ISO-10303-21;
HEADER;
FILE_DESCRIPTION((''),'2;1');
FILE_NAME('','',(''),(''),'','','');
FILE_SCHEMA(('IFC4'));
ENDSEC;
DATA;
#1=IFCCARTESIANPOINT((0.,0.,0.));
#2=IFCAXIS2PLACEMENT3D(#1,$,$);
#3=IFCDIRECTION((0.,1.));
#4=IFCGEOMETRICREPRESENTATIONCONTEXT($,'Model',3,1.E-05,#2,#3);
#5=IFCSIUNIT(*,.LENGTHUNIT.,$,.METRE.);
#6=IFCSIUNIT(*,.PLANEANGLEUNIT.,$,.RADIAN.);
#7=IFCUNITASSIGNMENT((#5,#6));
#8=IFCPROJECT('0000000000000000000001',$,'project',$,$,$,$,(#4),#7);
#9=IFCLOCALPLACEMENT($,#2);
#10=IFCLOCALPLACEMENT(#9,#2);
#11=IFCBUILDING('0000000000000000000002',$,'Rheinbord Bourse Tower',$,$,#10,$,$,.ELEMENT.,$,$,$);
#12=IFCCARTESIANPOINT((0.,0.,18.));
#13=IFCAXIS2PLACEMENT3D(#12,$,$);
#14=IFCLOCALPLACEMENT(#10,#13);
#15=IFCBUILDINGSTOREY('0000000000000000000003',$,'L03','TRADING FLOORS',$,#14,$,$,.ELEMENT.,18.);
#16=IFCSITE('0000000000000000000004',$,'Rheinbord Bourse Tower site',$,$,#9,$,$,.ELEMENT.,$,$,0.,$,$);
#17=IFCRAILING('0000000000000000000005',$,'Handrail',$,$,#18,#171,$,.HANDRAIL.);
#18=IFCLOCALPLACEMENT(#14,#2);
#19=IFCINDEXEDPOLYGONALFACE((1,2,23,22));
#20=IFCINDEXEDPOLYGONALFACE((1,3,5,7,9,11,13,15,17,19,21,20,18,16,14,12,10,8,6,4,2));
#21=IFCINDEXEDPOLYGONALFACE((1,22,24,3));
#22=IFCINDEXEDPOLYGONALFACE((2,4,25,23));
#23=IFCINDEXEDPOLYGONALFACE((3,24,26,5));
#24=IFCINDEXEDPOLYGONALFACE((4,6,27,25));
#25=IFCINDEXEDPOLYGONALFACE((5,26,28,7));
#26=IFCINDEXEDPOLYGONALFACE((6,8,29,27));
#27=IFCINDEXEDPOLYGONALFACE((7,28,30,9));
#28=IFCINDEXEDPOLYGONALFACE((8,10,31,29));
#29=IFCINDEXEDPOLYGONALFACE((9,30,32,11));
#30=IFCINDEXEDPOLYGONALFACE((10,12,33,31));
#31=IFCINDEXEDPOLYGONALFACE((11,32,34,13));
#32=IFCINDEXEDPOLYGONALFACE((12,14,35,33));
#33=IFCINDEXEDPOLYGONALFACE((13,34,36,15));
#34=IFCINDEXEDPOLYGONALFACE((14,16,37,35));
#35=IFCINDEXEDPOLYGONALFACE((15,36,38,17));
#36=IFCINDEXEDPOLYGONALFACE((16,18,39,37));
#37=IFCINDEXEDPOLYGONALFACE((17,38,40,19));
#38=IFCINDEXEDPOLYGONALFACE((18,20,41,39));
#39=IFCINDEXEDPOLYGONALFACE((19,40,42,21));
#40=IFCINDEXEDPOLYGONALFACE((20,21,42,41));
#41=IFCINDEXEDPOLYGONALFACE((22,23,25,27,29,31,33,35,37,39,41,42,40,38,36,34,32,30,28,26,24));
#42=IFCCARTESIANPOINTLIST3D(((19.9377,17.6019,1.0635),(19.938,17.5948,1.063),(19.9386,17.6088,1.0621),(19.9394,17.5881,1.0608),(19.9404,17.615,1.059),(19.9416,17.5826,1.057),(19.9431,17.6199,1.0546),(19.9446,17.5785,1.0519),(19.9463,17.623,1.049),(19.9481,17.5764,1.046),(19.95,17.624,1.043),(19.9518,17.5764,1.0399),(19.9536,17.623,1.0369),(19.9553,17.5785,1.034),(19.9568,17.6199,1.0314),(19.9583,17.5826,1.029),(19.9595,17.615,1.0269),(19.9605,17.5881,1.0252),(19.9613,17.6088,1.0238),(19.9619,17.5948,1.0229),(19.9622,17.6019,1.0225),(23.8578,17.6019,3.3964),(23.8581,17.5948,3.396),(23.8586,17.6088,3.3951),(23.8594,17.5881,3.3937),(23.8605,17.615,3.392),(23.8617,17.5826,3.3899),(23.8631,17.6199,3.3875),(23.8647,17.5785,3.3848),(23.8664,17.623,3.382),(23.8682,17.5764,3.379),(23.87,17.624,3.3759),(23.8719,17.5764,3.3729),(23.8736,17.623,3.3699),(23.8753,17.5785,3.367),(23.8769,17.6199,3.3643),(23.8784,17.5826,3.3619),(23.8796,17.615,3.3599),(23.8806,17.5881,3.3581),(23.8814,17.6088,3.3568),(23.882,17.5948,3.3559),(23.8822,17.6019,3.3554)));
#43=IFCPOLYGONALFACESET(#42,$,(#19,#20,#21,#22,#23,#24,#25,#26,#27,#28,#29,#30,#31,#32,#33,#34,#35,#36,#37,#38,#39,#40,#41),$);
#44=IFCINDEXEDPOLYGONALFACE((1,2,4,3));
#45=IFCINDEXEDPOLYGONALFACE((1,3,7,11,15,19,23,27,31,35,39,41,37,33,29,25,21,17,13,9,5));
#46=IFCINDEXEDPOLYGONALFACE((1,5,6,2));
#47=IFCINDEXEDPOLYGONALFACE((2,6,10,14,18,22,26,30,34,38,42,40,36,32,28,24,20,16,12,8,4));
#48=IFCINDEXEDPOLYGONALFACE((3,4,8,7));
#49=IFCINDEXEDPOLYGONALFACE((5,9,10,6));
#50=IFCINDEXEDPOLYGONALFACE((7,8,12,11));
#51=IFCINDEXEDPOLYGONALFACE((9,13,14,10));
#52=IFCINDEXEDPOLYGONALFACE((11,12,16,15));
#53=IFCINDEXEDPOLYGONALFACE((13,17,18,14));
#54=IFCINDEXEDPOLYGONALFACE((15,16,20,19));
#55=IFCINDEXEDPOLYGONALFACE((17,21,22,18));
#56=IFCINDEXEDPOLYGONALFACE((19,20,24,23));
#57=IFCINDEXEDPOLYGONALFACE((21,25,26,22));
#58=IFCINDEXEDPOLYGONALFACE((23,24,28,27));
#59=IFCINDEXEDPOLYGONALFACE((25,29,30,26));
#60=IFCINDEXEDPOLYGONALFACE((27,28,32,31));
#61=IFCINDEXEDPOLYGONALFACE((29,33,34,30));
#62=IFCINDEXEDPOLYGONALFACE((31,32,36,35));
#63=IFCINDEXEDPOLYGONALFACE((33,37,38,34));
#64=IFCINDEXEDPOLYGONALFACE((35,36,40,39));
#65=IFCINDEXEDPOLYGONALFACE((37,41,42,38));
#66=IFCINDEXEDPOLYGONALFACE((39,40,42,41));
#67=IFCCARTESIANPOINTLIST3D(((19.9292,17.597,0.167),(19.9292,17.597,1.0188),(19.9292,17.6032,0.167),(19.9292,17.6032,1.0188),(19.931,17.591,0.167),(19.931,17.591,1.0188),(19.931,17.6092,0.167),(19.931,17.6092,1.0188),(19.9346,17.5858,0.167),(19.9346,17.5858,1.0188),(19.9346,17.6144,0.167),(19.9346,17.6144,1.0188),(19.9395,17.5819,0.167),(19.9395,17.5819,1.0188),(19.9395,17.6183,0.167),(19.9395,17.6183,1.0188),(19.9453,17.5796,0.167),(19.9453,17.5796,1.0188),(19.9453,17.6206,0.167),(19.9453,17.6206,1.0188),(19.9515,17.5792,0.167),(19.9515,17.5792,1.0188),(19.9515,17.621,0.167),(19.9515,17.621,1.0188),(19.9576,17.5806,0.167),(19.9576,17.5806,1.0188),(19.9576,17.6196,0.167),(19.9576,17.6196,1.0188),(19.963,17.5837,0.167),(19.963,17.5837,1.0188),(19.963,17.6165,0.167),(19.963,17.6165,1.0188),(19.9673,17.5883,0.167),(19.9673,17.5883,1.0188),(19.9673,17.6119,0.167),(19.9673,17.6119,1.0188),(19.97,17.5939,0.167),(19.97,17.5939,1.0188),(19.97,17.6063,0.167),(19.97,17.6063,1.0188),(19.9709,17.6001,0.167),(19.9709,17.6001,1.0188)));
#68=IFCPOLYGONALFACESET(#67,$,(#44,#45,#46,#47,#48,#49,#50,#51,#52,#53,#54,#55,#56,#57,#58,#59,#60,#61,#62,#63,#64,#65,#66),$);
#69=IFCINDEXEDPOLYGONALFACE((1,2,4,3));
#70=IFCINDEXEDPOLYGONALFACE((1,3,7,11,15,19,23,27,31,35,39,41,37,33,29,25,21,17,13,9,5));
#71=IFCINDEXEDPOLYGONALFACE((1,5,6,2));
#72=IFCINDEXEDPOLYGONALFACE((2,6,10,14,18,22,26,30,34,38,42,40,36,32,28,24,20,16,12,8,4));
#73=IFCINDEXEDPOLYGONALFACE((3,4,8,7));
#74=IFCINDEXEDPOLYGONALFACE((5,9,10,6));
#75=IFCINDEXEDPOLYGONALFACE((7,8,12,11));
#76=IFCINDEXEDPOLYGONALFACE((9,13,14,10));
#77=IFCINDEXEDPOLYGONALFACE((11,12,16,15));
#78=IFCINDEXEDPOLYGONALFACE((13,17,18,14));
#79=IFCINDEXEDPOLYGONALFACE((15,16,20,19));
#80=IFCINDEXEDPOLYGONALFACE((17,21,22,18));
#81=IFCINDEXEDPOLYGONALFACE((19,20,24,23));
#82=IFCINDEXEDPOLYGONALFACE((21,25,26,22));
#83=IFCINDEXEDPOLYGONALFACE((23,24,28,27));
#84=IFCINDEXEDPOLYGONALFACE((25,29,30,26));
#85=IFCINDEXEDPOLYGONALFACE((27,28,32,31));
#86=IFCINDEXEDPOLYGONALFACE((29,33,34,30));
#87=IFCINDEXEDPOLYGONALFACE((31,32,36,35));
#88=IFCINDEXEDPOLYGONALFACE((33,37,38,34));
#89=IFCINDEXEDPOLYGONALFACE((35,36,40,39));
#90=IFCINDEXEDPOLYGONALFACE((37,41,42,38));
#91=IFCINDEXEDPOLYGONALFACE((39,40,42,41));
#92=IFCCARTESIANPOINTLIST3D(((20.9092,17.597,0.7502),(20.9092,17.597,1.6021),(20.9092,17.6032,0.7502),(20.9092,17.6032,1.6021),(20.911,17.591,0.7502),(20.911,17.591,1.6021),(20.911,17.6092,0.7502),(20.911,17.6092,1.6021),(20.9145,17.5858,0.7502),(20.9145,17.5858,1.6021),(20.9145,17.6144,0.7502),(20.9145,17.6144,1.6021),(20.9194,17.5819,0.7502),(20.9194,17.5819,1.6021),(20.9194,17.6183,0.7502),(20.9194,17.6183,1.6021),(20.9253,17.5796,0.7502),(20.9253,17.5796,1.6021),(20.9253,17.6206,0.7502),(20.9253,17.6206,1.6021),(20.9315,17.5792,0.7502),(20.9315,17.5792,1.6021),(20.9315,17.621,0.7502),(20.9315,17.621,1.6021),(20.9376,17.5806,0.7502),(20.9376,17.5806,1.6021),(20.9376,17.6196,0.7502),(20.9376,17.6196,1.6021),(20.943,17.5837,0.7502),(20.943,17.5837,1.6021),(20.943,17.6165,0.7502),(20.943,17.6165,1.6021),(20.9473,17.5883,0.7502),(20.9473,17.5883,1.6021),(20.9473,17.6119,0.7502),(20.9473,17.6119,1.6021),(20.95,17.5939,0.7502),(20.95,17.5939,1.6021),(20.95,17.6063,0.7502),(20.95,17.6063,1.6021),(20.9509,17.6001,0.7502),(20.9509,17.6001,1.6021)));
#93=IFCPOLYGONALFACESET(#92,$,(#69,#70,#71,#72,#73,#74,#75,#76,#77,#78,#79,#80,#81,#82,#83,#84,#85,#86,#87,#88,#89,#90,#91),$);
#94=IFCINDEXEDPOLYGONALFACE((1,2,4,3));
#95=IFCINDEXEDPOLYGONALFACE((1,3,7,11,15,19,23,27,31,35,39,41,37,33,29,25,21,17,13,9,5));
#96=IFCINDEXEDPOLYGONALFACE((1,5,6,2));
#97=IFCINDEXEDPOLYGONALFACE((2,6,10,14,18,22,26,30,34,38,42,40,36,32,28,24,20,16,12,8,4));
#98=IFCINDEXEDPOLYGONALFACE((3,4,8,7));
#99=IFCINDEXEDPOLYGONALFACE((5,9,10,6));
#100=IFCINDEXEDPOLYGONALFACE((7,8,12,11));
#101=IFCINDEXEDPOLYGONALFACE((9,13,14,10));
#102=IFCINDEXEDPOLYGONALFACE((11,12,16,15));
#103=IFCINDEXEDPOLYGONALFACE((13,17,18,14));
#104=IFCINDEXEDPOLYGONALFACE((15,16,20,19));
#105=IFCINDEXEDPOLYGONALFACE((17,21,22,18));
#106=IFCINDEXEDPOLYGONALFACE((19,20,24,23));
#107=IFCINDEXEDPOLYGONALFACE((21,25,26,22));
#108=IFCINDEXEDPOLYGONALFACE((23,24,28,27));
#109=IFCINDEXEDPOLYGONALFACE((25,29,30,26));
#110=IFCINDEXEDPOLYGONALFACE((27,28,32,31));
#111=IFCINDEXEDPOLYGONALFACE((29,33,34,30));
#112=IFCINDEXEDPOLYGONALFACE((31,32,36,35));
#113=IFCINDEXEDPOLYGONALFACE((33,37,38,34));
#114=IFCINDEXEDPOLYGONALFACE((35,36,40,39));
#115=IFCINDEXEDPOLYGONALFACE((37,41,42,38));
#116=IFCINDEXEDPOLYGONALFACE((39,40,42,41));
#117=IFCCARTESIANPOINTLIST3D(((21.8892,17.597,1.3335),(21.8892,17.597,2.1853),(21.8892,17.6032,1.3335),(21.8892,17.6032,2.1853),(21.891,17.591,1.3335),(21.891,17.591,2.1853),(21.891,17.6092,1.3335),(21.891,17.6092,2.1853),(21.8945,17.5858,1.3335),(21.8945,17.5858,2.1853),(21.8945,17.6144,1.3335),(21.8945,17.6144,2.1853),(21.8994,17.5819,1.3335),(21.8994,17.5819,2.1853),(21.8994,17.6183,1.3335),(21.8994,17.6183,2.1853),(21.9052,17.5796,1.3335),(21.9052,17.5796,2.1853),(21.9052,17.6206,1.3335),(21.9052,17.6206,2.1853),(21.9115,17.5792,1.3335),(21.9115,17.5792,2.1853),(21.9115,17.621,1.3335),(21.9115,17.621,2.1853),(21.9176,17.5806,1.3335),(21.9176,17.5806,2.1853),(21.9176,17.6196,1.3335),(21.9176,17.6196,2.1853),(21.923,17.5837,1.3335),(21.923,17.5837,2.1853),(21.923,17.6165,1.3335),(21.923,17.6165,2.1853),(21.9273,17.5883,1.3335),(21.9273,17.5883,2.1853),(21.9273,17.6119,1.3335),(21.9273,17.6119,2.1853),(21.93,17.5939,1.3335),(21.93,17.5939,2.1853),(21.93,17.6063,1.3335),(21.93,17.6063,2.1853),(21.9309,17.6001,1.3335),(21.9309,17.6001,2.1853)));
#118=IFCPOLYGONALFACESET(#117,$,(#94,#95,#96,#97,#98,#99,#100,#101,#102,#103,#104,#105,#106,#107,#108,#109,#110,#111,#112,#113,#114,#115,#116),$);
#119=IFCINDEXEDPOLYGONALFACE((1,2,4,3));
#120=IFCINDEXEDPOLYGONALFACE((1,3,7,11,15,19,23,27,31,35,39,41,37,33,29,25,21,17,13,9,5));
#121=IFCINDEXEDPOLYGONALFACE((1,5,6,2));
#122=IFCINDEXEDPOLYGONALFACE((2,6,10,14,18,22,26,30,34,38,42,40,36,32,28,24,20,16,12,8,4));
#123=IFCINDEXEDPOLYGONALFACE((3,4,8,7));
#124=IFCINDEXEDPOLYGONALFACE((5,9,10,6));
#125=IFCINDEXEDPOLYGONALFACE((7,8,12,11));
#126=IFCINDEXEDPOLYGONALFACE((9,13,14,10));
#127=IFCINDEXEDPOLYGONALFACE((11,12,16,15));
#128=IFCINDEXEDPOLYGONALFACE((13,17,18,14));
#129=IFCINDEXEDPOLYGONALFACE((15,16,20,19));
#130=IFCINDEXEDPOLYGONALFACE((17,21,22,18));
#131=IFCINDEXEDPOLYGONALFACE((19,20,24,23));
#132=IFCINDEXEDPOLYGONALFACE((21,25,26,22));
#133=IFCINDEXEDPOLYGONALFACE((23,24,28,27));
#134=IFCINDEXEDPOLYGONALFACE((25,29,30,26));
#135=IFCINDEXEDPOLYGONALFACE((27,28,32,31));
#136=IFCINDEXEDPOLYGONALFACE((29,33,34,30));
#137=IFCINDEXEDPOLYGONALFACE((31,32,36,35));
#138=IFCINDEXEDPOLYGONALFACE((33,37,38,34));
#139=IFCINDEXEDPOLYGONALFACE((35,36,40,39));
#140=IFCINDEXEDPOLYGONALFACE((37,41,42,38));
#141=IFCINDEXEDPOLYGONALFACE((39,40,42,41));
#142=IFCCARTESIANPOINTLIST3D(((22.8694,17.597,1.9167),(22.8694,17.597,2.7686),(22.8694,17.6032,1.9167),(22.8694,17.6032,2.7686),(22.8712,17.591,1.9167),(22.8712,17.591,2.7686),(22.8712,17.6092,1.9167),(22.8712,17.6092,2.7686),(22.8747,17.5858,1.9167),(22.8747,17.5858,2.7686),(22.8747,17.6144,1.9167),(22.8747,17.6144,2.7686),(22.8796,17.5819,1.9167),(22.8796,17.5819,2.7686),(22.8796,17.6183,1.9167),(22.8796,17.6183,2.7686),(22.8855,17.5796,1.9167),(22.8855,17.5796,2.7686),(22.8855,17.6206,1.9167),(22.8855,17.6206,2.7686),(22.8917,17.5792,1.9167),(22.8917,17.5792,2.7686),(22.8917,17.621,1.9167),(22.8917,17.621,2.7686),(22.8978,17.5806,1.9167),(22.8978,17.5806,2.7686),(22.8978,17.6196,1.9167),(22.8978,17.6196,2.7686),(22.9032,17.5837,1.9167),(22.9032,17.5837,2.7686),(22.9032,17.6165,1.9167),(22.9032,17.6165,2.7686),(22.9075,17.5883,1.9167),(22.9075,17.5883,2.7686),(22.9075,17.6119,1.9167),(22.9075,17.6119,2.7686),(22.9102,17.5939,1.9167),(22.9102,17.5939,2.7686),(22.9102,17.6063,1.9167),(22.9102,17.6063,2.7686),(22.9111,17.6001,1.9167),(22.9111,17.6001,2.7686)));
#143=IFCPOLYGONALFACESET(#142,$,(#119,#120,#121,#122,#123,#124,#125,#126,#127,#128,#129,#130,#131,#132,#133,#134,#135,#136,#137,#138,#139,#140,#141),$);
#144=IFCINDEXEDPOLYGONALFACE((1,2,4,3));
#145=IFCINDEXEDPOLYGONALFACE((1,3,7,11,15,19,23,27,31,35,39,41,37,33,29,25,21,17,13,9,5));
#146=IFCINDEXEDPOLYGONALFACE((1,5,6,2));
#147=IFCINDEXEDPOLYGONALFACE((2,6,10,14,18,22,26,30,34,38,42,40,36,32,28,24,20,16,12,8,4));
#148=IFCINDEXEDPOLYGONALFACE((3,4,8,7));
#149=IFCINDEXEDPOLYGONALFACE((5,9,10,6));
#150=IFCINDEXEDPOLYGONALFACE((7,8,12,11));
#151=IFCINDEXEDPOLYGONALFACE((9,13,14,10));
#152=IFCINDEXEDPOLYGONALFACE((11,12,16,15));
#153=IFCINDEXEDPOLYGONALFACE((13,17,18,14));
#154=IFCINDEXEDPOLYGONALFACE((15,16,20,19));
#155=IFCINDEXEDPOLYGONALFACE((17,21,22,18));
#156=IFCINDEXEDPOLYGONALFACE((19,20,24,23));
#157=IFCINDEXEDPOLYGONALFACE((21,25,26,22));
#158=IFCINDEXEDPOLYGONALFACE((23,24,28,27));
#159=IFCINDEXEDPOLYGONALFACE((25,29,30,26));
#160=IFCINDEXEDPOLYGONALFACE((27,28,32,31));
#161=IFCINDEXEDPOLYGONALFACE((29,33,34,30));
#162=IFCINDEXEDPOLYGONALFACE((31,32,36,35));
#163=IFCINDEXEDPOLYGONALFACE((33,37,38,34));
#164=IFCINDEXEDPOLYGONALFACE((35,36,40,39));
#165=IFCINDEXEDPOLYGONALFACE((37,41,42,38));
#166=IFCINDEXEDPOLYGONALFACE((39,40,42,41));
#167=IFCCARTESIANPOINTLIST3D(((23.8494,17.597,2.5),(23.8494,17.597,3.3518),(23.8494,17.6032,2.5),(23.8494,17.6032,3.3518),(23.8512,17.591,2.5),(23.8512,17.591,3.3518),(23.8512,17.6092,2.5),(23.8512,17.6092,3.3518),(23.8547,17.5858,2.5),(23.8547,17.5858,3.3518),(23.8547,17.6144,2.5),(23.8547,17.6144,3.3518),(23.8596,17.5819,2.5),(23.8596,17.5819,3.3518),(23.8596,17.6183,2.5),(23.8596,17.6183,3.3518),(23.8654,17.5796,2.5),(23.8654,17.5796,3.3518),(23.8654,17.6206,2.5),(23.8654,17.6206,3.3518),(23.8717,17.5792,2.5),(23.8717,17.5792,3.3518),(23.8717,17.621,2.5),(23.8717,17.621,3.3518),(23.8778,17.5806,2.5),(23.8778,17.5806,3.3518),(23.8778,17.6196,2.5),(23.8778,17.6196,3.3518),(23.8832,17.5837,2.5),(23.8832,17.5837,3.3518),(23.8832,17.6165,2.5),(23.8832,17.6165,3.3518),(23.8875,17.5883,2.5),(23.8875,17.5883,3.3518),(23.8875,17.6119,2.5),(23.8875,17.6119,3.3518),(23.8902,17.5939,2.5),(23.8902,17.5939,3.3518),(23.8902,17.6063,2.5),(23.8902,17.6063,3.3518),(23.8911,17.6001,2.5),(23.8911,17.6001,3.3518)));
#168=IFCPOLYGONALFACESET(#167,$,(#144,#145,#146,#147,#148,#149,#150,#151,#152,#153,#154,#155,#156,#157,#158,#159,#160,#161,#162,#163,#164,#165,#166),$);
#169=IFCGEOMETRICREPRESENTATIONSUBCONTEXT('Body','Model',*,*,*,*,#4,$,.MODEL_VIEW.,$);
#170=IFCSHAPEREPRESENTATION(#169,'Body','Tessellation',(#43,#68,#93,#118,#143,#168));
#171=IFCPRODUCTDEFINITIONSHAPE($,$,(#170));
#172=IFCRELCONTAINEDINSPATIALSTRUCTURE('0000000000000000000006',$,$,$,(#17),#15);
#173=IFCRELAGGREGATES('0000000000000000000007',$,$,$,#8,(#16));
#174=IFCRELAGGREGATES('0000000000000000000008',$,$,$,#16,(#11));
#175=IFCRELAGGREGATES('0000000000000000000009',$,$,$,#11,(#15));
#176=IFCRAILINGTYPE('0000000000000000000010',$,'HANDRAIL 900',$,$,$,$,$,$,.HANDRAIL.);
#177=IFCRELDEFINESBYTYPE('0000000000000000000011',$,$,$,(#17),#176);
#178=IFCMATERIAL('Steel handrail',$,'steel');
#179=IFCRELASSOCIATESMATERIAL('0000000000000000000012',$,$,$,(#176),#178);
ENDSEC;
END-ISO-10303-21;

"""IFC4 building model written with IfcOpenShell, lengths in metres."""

from ifc_helpers import new_model, si_unit, direction, frame, origin, origin_2d, place, context, subcontext, project, spatial, circle, extrude, material, type_object, element, save


model = new_model("IFC4")

# Units and contexts
model_context = context("Model", 3, precision=1e-05, world=origin(), true_north=direction((0.0, 1.0)))
body_context = subcontext(model_context, "Body", "Model", "MODEL_VIEW")
ifc_project = project(units=[si_unit("LENGTHUNIT", "METRE"), si_unit("PLANEANGLEUNIT", "RADIAN")], contexts=[model_context])

# Site, building, storey
site_placement = place(None, origin())
site = spatial("IfcSite", under=ifc_project, at=site_placement, Name="Rheinbord Bourse Tower site", CompositionType="ELEMENT", RefElevation=0.0)
building_placement = place(site_placement, origin())
building = spatial("IfcBuilding", under=site, at=building_placement, Name="Rheinbord Bourse Tower", CompositionType="ELEMENT")
storey_placement = place(building_placement, frame((0.0, 0.0, 18.0)))
storey = spatial("IfcBuildingStorey", under=building, at=storey_placement, Name="L03", Description="TRADING FLOORS", CompositionType="ELEMENT", Elevation=18.0)

# Railing
ifc_material_1 = material(Name="Steel handrail", Category="steel")
railing_type = type_object("IfcRailingType", Name="HANDRAIL 900", PredefinedType="HANDRAIL", material=ifc_material_1)
railing_1_placement = place(storey_placement, frame((19.95, 17.6001, 0.167)))
element("IfcRailing", 1, at=railing_1_placement, inside=storey, type_object=railing_type, Name="Handrail", PredefinedType="HANDRAIL", context=body_context, shape_type="SweptSolid", body=[
    extrude(circle(Radius=0.0239, at=origin_2d()), frame((0.0, 0.0, 0.876), z_axis=(0.859334, 0.0, 0.511415), x_axis=(0.0, 1.0, 0.0)), (0.0, 0.0, 1.0), 4.5618),
    extrude(circle(Radius=0.021, at=origin_2d()), origin(), (0.0, 0.0, 1.0), 0.8518),
    extrude(circle(Radius=0.021, at=origin_2d()), frame((0.98, 0.0, 0.5833)), (0.0, 0.0, 1.0), 0.8518),
    extrude(circle(Radius=0.021, at=origin_2d()), frame((1.96, 0.0, 1.1665)), (0.0, 0.0, 1.0), 0.8518),
    extrude(circle(Radius=0.021, at=origin_2d()), frame((2.9402, 0.0, 1.7498)), (0.0, 0.0, 1.0), 0.8518),
    extrude(circle(Radius=0.021, at=origin_2d()), frame((3.9202, 0.0, 2.333)), (0.0, 0.0, 1.0), 0.8518),
])

save(model, "model.ifc")
